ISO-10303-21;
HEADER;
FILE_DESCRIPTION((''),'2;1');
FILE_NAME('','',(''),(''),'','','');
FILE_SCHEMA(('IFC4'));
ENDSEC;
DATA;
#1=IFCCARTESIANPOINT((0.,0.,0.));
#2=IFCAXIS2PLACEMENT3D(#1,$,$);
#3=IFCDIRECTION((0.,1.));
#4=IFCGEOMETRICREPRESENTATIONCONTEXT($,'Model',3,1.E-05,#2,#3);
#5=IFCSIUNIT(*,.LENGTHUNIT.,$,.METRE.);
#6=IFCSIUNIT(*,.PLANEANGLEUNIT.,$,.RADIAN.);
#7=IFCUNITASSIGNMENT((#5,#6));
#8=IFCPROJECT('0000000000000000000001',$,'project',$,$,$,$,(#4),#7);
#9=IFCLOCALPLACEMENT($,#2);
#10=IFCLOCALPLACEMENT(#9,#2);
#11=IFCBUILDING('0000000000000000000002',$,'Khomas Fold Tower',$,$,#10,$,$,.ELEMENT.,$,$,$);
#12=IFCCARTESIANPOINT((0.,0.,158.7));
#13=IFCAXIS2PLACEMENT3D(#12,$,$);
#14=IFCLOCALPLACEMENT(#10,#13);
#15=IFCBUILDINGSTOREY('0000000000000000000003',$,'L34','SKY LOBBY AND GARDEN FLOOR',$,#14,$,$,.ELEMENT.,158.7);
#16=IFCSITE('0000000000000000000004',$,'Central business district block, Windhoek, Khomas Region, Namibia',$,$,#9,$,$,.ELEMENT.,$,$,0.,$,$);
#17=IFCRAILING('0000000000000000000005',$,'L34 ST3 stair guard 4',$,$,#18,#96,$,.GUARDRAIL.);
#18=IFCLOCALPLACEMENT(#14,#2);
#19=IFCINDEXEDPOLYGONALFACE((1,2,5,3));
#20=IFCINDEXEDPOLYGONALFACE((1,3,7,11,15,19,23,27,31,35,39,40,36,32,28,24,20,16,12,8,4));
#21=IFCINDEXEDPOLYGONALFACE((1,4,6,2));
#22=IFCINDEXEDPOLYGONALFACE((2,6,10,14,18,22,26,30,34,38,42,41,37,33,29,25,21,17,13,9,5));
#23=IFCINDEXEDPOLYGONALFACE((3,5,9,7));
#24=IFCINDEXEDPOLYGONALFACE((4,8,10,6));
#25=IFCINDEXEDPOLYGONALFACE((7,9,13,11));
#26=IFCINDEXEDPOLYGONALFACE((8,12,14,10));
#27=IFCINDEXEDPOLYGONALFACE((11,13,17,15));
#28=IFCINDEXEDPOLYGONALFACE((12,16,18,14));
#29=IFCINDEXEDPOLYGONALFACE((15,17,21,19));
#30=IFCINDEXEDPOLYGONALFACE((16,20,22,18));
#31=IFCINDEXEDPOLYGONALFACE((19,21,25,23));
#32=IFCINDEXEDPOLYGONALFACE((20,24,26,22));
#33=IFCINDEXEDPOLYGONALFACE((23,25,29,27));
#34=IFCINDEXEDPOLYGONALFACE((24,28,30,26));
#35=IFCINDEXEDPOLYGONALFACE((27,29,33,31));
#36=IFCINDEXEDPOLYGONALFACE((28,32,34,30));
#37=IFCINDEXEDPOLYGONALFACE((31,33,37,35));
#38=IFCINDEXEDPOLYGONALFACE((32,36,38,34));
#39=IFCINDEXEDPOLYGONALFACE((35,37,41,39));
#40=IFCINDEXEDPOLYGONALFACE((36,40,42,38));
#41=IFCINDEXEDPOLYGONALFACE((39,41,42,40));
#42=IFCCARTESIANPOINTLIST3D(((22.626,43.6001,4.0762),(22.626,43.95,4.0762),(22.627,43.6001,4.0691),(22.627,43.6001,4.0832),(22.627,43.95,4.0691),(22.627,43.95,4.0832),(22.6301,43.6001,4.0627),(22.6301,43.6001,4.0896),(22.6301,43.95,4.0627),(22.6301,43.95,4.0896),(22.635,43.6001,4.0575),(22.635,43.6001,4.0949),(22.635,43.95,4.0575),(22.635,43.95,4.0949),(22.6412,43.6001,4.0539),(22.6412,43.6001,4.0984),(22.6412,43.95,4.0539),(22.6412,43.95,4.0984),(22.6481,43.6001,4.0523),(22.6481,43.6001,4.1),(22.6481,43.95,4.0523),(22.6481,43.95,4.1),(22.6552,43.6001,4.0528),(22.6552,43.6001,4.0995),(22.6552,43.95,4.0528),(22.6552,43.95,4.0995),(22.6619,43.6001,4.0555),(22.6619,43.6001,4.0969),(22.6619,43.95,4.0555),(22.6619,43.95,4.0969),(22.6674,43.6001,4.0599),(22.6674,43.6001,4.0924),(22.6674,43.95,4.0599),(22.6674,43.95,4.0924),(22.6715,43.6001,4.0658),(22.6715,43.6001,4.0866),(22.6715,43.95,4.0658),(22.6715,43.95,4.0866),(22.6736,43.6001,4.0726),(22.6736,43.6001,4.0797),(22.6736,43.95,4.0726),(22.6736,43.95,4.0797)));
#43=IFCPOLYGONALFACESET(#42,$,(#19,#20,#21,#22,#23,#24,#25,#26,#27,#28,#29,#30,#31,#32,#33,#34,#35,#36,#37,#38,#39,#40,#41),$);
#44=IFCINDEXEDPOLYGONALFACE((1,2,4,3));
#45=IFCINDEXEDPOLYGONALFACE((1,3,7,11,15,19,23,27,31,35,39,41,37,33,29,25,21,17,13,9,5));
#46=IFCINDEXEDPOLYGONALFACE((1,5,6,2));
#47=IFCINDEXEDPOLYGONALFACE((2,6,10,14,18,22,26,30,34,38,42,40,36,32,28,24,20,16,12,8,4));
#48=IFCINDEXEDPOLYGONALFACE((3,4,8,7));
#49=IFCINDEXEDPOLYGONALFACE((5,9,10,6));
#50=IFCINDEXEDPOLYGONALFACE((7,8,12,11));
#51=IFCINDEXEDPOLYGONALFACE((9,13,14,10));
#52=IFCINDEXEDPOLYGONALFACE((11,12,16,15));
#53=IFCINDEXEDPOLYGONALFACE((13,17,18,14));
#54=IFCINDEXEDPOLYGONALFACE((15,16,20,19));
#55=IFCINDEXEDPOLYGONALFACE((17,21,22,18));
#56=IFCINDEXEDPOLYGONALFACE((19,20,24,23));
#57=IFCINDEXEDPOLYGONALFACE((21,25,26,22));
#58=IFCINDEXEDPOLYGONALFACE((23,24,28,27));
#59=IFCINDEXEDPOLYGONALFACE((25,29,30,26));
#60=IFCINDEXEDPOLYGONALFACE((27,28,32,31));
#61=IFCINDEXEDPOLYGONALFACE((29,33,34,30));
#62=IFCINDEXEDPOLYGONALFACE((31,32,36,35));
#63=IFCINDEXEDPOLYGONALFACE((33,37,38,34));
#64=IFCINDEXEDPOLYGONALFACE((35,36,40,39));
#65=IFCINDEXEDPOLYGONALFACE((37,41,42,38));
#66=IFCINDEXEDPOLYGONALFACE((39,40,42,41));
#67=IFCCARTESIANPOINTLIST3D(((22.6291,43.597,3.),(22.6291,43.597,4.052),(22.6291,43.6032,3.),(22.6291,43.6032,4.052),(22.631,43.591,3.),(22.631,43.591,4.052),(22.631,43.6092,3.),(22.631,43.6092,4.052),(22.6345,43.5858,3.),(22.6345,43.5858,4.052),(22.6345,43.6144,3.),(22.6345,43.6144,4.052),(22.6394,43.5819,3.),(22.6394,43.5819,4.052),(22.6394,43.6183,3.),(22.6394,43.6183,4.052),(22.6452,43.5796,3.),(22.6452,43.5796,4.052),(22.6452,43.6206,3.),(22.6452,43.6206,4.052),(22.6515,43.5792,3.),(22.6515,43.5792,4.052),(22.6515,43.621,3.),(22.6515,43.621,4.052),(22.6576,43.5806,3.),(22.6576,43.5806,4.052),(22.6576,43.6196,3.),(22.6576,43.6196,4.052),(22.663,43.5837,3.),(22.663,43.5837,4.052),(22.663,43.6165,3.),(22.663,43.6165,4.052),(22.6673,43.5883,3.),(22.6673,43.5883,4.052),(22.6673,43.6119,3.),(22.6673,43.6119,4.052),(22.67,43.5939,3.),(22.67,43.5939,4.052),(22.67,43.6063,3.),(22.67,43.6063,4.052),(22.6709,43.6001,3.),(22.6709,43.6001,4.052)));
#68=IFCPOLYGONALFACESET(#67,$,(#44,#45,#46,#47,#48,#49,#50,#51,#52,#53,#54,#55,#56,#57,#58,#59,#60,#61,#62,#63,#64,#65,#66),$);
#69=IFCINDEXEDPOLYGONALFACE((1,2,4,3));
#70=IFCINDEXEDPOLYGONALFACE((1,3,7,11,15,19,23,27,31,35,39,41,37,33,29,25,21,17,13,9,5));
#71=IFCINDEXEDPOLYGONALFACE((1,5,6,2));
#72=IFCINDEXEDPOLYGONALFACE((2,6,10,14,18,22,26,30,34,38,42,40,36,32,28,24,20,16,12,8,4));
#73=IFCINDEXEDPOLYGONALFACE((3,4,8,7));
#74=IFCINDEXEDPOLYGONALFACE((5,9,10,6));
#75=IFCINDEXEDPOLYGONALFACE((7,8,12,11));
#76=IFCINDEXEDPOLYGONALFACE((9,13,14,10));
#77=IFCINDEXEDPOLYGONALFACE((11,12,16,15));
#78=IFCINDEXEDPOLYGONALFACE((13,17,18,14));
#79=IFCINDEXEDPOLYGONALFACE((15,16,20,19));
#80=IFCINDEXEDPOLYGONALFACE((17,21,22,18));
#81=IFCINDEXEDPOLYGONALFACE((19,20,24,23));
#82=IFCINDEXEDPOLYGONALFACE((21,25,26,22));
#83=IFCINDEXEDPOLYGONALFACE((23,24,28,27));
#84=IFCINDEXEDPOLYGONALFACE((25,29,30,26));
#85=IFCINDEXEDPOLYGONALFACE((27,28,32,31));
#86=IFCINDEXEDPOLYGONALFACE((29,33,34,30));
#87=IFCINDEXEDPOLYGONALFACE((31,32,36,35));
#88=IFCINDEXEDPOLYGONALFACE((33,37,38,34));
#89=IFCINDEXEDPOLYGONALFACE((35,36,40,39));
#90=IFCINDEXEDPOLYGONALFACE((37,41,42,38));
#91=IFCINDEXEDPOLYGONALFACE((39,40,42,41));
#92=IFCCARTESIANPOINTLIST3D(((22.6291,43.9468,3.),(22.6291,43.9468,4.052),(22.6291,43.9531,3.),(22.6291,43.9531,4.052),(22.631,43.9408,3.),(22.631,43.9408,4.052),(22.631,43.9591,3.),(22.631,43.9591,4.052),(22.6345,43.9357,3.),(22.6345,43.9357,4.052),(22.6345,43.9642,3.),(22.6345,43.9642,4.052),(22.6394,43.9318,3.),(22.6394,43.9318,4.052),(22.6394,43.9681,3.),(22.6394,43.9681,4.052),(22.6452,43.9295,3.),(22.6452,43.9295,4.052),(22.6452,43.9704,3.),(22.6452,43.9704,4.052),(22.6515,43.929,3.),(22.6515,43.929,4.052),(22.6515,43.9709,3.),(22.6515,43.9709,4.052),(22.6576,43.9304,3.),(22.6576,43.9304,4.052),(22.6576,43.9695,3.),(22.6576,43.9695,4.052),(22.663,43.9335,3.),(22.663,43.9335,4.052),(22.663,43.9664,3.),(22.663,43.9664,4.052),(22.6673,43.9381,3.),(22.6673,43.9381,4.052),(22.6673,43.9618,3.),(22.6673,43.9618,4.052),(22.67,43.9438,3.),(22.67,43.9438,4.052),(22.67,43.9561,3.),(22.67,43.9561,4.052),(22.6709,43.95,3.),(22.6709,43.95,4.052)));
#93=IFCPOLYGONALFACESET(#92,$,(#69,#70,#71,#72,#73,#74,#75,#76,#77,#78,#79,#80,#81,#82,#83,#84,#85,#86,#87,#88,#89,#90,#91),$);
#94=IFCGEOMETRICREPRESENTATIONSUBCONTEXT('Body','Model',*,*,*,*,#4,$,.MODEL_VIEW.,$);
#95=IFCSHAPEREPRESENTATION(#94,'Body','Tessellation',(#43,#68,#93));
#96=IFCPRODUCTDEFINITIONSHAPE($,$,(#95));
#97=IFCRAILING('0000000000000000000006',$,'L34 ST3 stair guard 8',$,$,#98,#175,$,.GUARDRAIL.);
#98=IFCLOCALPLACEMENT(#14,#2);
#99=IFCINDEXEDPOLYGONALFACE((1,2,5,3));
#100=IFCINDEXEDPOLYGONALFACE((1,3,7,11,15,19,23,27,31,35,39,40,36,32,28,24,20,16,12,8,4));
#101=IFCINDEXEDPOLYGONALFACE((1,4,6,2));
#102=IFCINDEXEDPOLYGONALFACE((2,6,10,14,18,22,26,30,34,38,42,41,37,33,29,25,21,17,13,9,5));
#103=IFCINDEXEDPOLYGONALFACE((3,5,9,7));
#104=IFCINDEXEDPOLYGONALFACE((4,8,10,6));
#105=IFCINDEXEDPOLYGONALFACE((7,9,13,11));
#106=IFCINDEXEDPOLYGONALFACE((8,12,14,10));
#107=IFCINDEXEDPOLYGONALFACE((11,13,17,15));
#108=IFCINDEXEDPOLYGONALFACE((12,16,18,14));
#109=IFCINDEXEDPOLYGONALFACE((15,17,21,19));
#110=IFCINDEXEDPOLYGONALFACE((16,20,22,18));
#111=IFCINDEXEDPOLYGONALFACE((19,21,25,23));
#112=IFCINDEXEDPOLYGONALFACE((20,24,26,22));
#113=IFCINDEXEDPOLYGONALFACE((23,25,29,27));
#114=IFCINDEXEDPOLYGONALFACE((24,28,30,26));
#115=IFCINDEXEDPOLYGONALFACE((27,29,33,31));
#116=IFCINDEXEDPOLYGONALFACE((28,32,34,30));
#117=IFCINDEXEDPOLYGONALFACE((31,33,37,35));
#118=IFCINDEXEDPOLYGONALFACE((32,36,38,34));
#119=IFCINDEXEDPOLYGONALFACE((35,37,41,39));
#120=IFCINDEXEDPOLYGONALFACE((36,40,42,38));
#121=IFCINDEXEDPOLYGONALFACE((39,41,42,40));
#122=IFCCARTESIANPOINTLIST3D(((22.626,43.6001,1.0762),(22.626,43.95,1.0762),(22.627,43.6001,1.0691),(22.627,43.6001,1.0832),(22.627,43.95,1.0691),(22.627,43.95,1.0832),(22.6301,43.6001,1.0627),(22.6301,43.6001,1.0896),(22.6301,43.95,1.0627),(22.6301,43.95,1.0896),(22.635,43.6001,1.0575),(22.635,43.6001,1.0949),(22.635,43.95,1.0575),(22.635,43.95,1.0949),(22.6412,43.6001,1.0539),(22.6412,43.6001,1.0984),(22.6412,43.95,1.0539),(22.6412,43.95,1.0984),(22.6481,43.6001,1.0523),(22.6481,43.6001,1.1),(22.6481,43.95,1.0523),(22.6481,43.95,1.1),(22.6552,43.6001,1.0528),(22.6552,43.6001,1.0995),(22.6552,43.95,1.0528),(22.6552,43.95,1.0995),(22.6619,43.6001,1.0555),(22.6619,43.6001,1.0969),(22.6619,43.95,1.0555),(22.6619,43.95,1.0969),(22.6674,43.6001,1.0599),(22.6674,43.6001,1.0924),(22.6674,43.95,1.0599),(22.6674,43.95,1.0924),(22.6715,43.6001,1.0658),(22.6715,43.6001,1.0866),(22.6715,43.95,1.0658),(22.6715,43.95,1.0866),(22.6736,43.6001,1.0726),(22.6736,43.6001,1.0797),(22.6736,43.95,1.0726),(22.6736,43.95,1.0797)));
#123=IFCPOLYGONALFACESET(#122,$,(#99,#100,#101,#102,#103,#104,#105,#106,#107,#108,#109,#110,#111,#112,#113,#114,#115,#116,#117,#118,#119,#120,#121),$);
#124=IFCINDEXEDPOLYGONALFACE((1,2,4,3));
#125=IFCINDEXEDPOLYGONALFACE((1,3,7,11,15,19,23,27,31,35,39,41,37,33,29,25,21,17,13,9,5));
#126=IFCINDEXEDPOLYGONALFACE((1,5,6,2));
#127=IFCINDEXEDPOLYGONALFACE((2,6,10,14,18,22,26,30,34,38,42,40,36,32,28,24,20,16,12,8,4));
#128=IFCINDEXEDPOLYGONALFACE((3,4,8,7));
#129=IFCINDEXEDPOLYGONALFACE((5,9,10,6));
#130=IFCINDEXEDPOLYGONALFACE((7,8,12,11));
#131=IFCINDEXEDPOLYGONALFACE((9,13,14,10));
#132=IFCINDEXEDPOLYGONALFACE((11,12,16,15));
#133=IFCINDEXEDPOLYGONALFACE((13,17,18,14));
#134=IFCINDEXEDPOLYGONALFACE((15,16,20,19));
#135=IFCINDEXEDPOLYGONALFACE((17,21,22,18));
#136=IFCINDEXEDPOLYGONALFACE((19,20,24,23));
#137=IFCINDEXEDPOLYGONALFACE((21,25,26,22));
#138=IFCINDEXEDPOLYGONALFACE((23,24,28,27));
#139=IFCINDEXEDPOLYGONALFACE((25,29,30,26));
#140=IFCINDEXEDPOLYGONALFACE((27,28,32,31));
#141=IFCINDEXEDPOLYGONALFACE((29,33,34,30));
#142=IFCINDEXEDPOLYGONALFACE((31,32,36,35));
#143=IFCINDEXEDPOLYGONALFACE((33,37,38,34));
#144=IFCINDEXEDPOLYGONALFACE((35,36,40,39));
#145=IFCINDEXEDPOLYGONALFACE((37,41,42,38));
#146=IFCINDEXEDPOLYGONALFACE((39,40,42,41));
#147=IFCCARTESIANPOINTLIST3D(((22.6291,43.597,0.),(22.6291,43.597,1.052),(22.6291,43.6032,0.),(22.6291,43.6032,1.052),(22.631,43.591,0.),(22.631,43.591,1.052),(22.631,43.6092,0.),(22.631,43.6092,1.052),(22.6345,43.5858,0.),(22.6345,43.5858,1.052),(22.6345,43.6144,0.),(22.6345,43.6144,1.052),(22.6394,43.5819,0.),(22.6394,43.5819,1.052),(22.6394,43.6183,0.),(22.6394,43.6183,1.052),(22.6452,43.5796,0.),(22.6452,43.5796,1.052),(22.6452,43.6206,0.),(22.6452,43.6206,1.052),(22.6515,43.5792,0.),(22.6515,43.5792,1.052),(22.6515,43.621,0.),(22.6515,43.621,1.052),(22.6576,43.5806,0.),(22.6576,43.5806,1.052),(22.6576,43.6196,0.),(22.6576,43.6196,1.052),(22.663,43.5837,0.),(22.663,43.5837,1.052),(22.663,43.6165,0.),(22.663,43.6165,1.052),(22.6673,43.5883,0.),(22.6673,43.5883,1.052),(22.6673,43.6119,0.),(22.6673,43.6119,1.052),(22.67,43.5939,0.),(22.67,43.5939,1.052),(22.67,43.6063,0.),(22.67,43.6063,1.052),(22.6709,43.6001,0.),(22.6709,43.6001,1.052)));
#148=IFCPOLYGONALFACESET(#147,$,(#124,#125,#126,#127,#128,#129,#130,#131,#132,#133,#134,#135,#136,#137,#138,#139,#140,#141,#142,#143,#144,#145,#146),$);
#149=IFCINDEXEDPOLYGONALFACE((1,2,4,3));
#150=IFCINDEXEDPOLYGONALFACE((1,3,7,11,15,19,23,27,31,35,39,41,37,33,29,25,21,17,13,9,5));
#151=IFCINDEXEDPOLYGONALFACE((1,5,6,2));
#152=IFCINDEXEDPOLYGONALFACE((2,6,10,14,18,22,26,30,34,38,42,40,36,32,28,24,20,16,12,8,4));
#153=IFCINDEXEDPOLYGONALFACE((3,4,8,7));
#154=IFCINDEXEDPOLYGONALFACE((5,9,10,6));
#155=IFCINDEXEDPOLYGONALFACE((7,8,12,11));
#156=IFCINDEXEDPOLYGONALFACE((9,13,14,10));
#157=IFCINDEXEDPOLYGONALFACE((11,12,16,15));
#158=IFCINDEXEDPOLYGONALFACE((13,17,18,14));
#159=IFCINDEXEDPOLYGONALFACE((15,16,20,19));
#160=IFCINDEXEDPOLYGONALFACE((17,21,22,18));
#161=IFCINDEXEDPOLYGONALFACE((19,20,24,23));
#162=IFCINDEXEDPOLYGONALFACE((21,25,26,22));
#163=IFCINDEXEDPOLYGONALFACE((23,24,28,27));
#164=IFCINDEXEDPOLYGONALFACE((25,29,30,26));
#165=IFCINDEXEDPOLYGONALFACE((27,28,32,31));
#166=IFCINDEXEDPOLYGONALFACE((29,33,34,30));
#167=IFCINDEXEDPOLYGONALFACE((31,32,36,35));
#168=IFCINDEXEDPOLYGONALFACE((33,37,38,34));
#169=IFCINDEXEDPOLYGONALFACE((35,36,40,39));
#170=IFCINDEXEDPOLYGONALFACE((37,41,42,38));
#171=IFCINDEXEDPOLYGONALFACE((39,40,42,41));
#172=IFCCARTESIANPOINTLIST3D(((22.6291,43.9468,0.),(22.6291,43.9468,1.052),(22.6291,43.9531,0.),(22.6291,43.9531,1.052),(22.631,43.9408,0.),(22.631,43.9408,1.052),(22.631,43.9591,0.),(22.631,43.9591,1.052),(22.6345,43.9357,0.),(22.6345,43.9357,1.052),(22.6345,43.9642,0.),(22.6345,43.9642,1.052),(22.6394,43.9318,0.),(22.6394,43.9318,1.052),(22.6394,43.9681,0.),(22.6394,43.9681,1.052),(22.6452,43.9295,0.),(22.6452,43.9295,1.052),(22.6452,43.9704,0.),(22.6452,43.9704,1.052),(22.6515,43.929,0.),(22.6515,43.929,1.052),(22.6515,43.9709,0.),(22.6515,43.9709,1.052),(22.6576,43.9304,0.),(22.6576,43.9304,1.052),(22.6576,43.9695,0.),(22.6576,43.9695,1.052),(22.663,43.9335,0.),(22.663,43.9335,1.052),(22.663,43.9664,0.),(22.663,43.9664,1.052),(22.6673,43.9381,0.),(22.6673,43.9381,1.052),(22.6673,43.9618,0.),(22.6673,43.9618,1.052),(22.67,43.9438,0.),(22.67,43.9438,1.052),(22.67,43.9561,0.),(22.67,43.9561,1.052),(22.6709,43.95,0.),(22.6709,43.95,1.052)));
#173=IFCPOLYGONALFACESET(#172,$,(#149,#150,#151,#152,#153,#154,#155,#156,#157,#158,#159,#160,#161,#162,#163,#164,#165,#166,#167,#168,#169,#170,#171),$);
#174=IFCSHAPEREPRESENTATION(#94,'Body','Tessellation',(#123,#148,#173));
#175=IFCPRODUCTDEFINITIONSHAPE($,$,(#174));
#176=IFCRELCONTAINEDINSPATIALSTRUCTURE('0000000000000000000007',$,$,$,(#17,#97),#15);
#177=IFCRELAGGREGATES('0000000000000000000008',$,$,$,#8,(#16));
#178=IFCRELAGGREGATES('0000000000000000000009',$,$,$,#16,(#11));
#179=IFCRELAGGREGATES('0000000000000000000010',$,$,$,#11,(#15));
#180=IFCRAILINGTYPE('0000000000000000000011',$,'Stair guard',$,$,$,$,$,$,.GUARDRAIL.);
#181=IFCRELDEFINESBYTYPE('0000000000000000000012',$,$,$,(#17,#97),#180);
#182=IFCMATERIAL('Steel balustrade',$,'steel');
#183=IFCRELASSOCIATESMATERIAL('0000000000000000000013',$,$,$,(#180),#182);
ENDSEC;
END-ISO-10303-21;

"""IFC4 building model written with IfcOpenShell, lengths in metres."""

from ifc_helpers import new_model, si_unit, direction, frame, origin, origin_2d, place, context, subcontext, project, spatial, circle, extrude, source, transform, mapped, material, type_object, element, save


model = new_model("IFC4")

# Units and contexts
model_context = context("Model", 3, precision=1e-05, world=origin(), true_north=direction((0.0, 1.0)))
body_context = subcontext(model_context, "Body", "Model", "MODEL_VIEW")
ifc_project = project(units=[si_unit("LENGTHUNIT", "METRE"), si_unit("PLANEANGLEUNIT", "RADIAN")], contexts=[model_context])

# Site, building, storey
site_placement = place(None, origin())
site = spatial("IfcSite", under=ifc_project, at=site_placement, Name="Central business district block, Windhoek, Khomas Region, Namibia", CompositionType="ELEMENT", RefElevation=0.0)
building_placement = place(site_placement, origin())
building = spatial("IfcBuilding", under=site, at=building_placement, Name="Khomas Fold Tower", CompositionType="ELEMENT")
storey_placement = place(building_placement, frame((0.0, 0.0, 158.7)))
storey = spatial("IfcBuildingStorey", under=building, at=storey_placement, Name="L34", Description="SKY LOBBY AND GARDEN FLOOR", CompositionType="ELEMENT", Elevation=158.7)

# Railings
ifc_material_1 = material(Name="Steel balustrade", Category="steel")
railing_type_1 = type_object("IfcRailingType", Name="Stair guard", PredefinedType="GUARDRAIL", material=ifc_material_1)
shared_shape_1 = source(origin(), body_context, "Body", "SweptSolid", [
    extrude(circle(Radius=0.0239, at=origin_2d()), frame((0.0, 0.0, 1.0762), z_axis=(0.0, 1.0, 0.0), x_axis=(-1.0, 0.0, 0.0)), (0.0, 0.0, 1.0), 0.3499),
    extrude(circle(Radius=0.021, at=origin_2d()), origin(), (0.0, 0.0, 1.0), 1.052),
    extrude(circle(Radius=0.021, at=origin_2d()), frame((0.0, 0.3499, 0.0)), (0.0, 0.0, 1.0), 1.052),
])
for number, where, name in (
    (1, (22.6499, 43.6001, 3.0), "L34 ST3 stair guard 4"),
    (2, (22.6499, 43.6001, 0.0), "L34 ST3 stair guard 8"),
):
    element("IfcRailing", number, at=place(storey_placement, frame(where)), inside=storey, type_object=railing_type_1, Name=name, PredefinedType="GUARDRAIL", context=body_context, shape_type="MappedRepresentation", body=[
        mapped(shared_shape_1, transform((0.0, 0.0, 0.0))),
    ])

save(model, "model.ifc")
